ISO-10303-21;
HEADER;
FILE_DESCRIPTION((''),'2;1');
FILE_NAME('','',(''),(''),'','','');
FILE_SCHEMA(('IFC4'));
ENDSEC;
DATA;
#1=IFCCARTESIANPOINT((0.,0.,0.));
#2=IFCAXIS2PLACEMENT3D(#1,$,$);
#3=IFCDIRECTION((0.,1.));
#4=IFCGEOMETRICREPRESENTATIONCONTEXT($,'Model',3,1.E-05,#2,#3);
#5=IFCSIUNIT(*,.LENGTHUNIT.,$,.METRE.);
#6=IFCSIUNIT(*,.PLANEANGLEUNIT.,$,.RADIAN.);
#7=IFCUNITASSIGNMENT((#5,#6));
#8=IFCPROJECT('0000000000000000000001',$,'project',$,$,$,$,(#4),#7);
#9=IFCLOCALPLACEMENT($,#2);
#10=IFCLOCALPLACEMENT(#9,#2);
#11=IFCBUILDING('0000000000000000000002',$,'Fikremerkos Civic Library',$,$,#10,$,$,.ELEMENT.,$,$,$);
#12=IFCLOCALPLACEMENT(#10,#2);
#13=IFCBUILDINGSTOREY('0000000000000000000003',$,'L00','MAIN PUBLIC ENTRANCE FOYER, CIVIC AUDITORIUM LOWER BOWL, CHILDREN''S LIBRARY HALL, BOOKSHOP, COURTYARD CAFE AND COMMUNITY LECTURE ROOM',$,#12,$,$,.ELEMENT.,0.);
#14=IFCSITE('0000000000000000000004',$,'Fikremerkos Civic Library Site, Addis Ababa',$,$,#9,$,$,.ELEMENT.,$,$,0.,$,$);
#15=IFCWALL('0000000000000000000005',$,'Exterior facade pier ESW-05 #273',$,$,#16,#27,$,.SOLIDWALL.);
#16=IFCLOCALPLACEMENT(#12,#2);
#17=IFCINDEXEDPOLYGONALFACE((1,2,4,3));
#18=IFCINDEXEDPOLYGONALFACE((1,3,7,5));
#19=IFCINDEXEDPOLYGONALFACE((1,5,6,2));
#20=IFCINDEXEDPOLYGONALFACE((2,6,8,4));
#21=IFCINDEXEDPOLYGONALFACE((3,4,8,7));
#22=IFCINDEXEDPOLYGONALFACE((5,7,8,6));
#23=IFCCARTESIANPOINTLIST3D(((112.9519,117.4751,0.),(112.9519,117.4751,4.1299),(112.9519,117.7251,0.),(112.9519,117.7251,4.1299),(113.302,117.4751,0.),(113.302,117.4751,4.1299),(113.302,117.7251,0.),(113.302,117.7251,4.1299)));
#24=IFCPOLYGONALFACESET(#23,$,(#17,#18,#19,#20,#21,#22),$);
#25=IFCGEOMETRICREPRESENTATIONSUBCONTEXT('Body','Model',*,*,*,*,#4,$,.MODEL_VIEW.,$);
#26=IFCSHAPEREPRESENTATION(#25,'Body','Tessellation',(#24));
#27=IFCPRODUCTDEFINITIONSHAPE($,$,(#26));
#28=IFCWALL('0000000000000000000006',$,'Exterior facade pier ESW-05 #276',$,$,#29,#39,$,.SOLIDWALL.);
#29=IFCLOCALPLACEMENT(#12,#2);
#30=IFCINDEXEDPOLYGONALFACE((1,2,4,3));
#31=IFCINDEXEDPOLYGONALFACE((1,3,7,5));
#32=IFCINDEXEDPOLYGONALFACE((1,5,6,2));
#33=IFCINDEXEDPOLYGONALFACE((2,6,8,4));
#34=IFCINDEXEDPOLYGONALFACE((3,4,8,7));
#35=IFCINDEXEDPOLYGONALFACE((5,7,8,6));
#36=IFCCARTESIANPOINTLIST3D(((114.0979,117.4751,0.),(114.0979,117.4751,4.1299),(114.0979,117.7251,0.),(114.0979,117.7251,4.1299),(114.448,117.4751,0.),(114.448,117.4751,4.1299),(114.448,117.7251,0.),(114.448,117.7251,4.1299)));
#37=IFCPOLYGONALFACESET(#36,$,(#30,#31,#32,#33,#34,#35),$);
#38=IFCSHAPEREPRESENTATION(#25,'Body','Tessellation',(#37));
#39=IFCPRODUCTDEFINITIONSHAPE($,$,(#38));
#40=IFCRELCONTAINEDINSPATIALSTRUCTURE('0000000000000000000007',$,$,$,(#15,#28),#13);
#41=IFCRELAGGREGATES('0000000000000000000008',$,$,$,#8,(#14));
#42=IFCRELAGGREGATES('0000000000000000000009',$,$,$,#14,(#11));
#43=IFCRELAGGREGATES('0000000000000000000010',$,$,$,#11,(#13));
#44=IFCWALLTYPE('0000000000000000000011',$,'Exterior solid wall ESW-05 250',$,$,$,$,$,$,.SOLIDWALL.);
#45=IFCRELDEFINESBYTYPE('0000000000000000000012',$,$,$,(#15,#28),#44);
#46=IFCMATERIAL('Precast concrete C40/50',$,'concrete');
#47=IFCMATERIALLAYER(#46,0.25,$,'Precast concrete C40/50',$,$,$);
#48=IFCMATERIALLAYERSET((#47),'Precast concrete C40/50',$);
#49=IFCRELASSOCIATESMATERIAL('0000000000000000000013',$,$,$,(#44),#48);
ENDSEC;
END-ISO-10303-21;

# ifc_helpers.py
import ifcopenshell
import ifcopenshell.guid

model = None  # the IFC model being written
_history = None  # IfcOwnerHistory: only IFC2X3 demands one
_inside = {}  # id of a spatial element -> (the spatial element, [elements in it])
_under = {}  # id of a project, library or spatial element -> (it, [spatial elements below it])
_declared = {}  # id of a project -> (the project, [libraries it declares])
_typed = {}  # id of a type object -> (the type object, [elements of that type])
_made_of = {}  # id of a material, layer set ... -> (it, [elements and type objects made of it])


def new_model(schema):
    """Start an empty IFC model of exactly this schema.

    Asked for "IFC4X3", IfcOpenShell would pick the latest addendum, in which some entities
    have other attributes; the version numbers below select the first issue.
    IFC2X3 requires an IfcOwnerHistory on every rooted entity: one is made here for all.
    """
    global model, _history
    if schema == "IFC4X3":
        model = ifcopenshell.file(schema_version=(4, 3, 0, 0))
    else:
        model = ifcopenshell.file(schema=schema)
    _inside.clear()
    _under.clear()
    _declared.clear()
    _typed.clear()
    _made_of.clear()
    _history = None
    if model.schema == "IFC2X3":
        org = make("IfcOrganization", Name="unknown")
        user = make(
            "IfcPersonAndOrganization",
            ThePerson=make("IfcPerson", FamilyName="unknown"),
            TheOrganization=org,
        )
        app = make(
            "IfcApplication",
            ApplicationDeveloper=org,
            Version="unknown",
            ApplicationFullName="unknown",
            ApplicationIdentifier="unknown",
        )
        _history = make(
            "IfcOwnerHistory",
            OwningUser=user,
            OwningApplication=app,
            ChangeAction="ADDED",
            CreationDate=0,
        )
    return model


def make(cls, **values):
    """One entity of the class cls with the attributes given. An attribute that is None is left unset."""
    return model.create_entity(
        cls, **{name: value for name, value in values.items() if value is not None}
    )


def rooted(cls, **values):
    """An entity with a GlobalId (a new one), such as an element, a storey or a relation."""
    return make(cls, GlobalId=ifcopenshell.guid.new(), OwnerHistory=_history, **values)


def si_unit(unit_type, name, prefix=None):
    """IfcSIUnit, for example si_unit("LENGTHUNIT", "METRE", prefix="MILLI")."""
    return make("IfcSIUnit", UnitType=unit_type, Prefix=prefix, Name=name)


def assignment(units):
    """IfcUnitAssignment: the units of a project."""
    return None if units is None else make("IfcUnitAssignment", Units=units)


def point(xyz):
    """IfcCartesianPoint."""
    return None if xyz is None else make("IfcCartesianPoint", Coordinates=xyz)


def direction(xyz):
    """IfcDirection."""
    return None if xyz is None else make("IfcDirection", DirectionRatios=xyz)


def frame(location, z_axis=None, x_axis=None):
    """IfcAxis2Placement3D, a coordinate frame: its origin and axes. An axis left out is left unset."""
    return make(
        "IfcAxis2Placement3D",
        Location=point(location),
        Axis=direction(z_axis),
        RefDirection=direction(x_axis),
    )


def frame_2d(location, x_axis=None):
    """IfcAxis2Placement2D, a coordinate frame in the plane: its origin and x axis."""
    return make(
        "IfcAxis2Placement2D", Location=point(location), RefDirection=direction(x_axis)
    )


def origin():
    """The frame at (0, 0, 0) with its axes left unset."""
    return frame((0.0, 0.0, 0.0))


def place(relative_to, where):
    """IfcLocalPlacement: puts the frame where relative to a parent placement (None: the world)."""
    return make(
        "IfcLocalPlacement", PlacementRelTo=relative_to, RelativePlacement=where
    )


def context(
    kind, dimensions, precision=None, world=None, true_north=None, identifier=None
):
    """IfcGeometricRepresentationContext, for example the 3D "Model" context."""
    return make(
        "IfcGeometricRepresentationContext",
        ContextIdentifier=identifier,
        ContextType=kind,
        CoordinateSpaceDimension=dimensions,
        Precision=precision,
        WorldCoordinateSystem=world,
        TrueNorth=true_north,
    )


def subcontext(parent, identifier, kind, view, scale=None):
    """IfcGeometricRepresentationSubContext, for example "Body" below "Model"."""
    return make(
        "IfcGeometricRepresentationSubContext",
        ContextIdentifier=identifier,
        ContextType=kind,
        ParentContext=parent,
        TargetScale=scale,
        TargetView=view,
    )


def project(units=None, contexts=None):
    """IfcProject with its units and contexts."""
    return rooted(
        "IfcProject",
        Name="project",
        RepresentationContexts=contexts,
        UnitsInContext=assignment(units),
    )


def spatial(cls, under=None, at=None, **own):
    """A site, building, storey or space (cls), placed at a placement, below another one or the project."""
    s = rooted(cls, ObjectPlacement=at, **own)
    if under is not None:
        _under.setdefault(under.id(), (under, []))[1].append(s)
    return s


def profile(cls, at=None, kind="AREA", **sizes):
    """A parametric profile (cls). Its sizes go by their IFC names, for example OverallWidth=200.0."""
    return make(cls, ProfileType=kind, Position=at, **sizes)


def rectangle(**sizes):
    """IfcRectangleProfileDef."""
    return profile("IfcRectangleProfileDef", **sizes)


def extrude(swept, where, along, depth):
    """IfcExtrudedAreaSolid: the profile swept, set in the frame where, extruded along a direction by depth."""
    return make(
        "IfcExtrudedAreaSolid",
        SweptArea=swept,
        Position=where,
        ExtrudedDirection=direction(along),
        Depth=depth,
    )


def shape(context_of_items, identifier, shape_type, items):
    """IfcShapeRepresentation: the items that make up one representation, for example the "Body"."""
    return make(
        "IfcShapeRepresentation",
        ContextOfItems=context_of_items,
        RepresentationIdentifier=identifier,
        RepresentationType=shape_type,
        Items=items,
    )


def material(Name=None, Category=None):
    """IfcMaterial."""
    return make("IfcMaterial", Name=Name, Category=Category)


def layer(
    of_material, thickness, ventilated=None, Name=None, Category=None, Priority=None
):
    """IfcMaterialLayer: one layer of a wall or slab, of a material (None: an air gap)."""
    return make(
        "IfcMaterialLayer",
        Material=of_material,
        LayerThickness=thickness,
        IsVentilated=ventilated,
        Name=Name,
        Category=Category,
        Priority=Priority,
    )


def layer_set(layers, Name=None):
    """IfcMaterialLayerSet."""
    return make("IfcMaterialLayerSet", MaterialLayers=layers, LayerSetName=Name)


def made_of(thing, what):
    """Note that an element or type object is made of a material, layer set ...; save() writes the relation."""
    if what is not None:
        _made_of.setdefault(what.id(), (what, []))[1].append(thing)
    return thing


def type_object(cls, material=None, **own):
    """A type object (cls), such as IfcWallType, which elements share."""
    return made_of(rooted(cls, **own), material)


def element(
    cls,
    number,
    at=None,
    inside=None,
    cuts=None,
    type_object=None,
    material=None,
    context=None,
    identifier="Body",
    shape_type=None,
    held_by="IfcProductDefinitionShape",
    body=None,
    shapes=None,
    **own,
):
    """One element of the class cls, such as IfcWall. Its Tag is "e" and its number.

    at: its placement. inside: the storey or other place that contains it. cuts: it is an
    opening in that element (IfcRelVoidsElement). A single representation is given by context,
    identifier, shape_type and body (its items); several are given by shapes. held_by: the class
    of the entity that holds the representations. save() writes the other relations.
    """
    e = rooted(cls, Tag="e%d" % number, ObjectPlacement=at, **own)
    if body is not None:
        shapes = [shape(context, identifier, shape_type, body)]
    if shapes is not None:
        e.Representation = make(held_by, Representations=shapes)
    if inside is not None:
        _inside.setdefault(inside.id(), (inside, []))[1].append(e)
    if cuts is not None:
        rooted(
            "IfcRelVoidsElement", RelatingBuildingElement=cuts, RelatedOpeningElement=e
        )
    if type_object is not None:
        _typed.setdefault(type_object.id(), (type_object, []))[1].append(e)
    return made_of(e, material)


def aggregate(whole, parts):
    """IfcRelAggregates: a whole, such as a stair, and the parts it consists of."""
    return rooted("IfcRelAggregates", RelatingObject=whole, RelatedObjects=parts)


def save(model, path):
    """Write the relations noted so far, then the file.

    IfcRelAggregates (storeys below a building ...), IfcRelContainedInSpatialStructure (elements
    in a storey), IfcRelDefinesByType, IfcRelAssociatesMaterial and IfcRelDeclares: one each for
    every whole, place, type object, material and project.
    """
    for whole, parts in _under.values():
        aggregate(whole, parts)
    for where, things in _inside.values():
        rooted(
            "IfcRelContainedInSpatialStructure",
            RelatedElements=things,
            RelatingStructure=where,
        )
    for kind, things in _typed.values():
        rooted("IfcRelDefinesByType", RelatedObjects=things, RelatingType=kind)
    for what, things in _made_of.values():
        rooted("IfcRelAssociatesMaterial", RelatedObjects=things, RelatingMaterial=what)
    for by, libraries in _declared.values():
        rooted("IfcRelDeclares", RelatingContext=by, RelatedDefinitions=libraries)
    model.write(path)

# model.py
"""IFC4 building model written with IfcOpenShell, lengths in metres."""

from ifc_helpers import new_model, si_unit, direction, frame, frame_2d, origin, place, context, subcontext, project, spatial, rectangle, extrude, material, layer, layer_set, type_object, element, save


model = new_model("IFC4")

# Units and contexts
model_context = context("Model", 3, precision=1e-05, world=origin(), true_north=direction((0.0, 1.0)))
body_context = subcontext(model_context, "Body", "Model", "MODEL_VIEW")
ifc_project = project(units=[si_unit("LENGTHUNIT", "METRE"), si_unit("PLANEANGLEUNIT", "RADIAN")], contexts=[model_context])

# Site, building, storey
site_placement = place(None, origin())
site = spatial("IfcSite", under=ifc_project, at=site_placement, Name="Fikremerkos Civic Library Site, Addis Ababa", CompositionType="ELEMENT", RefElevation=0.0)
building_placement = place(site_placement, origin())
building = spatial("IfcBuilding", under=site, at=building_placement, Name="Fikremerkos Civic Library", CompositionType="ELEMENT")
storey_placement = place(building_placement, origin())
storey = spatial("IfcBuildingStorey", under=building, at=storey_placement, Name="L00", Description="MAIN PUBLIC ENTRANCE FOYER, CIVIC AUDITORIUM LOWER BOWL, CHILDREN'S LIBRARY HALL, BOOKSHOP, COURTYARD CAFE AND COMMUNITY LECTURE ROOM", CompositionType="ELEMENT", Elevation=0.0)

# Walls
ifc_material_1 = material(Name="Precast concrete C40/50", Category="concrete")
ifc_layer_1 = layer(ifc_material_1, 0.25, Name="Precast concrete C40/50")
ifc_layer_set_1 = layer_set([ifc_layer_1], Name="Precast concrete C40/50")
wall_type = type_object("IfcWallType", Name="Exterior solid wall ESW-05 250", PredefinedType="SOLIDWALL", material=ifc_layer_set_1)
for number, where, z_axis, x_axis, name in (
    (1, (112.9519, 117.6001, 0.0), (0.0, 0.0, 1.0), (1.0, 0.0, 0.0), "Exterior facade pier ESW-05 #273"),
    (2, (114.0979, 117.6001, 0.0), (0.0, 0.0, 1.0), (1.0, 0.0, 0.0), "Exterior facade pier ESW-05 #276"),
):
    element("IfcWall", number, at=place(storey_placement, frame(where, z_axis=z_axis, x_axis=x_axis)), inside=storey, type_object=wall_type, Name=name, PredefinedType="SOLIDWALL", context=body_context, shape_type="SweptSolid", body=[
        extrude(rectangle(XDim=0.3501, YDim=0.25, at=frame_2d((0.175, 0.0))), origin(), (0.0, 0.0, 1.0), 4.1299),
    ])

save(model, "model.ifc")
